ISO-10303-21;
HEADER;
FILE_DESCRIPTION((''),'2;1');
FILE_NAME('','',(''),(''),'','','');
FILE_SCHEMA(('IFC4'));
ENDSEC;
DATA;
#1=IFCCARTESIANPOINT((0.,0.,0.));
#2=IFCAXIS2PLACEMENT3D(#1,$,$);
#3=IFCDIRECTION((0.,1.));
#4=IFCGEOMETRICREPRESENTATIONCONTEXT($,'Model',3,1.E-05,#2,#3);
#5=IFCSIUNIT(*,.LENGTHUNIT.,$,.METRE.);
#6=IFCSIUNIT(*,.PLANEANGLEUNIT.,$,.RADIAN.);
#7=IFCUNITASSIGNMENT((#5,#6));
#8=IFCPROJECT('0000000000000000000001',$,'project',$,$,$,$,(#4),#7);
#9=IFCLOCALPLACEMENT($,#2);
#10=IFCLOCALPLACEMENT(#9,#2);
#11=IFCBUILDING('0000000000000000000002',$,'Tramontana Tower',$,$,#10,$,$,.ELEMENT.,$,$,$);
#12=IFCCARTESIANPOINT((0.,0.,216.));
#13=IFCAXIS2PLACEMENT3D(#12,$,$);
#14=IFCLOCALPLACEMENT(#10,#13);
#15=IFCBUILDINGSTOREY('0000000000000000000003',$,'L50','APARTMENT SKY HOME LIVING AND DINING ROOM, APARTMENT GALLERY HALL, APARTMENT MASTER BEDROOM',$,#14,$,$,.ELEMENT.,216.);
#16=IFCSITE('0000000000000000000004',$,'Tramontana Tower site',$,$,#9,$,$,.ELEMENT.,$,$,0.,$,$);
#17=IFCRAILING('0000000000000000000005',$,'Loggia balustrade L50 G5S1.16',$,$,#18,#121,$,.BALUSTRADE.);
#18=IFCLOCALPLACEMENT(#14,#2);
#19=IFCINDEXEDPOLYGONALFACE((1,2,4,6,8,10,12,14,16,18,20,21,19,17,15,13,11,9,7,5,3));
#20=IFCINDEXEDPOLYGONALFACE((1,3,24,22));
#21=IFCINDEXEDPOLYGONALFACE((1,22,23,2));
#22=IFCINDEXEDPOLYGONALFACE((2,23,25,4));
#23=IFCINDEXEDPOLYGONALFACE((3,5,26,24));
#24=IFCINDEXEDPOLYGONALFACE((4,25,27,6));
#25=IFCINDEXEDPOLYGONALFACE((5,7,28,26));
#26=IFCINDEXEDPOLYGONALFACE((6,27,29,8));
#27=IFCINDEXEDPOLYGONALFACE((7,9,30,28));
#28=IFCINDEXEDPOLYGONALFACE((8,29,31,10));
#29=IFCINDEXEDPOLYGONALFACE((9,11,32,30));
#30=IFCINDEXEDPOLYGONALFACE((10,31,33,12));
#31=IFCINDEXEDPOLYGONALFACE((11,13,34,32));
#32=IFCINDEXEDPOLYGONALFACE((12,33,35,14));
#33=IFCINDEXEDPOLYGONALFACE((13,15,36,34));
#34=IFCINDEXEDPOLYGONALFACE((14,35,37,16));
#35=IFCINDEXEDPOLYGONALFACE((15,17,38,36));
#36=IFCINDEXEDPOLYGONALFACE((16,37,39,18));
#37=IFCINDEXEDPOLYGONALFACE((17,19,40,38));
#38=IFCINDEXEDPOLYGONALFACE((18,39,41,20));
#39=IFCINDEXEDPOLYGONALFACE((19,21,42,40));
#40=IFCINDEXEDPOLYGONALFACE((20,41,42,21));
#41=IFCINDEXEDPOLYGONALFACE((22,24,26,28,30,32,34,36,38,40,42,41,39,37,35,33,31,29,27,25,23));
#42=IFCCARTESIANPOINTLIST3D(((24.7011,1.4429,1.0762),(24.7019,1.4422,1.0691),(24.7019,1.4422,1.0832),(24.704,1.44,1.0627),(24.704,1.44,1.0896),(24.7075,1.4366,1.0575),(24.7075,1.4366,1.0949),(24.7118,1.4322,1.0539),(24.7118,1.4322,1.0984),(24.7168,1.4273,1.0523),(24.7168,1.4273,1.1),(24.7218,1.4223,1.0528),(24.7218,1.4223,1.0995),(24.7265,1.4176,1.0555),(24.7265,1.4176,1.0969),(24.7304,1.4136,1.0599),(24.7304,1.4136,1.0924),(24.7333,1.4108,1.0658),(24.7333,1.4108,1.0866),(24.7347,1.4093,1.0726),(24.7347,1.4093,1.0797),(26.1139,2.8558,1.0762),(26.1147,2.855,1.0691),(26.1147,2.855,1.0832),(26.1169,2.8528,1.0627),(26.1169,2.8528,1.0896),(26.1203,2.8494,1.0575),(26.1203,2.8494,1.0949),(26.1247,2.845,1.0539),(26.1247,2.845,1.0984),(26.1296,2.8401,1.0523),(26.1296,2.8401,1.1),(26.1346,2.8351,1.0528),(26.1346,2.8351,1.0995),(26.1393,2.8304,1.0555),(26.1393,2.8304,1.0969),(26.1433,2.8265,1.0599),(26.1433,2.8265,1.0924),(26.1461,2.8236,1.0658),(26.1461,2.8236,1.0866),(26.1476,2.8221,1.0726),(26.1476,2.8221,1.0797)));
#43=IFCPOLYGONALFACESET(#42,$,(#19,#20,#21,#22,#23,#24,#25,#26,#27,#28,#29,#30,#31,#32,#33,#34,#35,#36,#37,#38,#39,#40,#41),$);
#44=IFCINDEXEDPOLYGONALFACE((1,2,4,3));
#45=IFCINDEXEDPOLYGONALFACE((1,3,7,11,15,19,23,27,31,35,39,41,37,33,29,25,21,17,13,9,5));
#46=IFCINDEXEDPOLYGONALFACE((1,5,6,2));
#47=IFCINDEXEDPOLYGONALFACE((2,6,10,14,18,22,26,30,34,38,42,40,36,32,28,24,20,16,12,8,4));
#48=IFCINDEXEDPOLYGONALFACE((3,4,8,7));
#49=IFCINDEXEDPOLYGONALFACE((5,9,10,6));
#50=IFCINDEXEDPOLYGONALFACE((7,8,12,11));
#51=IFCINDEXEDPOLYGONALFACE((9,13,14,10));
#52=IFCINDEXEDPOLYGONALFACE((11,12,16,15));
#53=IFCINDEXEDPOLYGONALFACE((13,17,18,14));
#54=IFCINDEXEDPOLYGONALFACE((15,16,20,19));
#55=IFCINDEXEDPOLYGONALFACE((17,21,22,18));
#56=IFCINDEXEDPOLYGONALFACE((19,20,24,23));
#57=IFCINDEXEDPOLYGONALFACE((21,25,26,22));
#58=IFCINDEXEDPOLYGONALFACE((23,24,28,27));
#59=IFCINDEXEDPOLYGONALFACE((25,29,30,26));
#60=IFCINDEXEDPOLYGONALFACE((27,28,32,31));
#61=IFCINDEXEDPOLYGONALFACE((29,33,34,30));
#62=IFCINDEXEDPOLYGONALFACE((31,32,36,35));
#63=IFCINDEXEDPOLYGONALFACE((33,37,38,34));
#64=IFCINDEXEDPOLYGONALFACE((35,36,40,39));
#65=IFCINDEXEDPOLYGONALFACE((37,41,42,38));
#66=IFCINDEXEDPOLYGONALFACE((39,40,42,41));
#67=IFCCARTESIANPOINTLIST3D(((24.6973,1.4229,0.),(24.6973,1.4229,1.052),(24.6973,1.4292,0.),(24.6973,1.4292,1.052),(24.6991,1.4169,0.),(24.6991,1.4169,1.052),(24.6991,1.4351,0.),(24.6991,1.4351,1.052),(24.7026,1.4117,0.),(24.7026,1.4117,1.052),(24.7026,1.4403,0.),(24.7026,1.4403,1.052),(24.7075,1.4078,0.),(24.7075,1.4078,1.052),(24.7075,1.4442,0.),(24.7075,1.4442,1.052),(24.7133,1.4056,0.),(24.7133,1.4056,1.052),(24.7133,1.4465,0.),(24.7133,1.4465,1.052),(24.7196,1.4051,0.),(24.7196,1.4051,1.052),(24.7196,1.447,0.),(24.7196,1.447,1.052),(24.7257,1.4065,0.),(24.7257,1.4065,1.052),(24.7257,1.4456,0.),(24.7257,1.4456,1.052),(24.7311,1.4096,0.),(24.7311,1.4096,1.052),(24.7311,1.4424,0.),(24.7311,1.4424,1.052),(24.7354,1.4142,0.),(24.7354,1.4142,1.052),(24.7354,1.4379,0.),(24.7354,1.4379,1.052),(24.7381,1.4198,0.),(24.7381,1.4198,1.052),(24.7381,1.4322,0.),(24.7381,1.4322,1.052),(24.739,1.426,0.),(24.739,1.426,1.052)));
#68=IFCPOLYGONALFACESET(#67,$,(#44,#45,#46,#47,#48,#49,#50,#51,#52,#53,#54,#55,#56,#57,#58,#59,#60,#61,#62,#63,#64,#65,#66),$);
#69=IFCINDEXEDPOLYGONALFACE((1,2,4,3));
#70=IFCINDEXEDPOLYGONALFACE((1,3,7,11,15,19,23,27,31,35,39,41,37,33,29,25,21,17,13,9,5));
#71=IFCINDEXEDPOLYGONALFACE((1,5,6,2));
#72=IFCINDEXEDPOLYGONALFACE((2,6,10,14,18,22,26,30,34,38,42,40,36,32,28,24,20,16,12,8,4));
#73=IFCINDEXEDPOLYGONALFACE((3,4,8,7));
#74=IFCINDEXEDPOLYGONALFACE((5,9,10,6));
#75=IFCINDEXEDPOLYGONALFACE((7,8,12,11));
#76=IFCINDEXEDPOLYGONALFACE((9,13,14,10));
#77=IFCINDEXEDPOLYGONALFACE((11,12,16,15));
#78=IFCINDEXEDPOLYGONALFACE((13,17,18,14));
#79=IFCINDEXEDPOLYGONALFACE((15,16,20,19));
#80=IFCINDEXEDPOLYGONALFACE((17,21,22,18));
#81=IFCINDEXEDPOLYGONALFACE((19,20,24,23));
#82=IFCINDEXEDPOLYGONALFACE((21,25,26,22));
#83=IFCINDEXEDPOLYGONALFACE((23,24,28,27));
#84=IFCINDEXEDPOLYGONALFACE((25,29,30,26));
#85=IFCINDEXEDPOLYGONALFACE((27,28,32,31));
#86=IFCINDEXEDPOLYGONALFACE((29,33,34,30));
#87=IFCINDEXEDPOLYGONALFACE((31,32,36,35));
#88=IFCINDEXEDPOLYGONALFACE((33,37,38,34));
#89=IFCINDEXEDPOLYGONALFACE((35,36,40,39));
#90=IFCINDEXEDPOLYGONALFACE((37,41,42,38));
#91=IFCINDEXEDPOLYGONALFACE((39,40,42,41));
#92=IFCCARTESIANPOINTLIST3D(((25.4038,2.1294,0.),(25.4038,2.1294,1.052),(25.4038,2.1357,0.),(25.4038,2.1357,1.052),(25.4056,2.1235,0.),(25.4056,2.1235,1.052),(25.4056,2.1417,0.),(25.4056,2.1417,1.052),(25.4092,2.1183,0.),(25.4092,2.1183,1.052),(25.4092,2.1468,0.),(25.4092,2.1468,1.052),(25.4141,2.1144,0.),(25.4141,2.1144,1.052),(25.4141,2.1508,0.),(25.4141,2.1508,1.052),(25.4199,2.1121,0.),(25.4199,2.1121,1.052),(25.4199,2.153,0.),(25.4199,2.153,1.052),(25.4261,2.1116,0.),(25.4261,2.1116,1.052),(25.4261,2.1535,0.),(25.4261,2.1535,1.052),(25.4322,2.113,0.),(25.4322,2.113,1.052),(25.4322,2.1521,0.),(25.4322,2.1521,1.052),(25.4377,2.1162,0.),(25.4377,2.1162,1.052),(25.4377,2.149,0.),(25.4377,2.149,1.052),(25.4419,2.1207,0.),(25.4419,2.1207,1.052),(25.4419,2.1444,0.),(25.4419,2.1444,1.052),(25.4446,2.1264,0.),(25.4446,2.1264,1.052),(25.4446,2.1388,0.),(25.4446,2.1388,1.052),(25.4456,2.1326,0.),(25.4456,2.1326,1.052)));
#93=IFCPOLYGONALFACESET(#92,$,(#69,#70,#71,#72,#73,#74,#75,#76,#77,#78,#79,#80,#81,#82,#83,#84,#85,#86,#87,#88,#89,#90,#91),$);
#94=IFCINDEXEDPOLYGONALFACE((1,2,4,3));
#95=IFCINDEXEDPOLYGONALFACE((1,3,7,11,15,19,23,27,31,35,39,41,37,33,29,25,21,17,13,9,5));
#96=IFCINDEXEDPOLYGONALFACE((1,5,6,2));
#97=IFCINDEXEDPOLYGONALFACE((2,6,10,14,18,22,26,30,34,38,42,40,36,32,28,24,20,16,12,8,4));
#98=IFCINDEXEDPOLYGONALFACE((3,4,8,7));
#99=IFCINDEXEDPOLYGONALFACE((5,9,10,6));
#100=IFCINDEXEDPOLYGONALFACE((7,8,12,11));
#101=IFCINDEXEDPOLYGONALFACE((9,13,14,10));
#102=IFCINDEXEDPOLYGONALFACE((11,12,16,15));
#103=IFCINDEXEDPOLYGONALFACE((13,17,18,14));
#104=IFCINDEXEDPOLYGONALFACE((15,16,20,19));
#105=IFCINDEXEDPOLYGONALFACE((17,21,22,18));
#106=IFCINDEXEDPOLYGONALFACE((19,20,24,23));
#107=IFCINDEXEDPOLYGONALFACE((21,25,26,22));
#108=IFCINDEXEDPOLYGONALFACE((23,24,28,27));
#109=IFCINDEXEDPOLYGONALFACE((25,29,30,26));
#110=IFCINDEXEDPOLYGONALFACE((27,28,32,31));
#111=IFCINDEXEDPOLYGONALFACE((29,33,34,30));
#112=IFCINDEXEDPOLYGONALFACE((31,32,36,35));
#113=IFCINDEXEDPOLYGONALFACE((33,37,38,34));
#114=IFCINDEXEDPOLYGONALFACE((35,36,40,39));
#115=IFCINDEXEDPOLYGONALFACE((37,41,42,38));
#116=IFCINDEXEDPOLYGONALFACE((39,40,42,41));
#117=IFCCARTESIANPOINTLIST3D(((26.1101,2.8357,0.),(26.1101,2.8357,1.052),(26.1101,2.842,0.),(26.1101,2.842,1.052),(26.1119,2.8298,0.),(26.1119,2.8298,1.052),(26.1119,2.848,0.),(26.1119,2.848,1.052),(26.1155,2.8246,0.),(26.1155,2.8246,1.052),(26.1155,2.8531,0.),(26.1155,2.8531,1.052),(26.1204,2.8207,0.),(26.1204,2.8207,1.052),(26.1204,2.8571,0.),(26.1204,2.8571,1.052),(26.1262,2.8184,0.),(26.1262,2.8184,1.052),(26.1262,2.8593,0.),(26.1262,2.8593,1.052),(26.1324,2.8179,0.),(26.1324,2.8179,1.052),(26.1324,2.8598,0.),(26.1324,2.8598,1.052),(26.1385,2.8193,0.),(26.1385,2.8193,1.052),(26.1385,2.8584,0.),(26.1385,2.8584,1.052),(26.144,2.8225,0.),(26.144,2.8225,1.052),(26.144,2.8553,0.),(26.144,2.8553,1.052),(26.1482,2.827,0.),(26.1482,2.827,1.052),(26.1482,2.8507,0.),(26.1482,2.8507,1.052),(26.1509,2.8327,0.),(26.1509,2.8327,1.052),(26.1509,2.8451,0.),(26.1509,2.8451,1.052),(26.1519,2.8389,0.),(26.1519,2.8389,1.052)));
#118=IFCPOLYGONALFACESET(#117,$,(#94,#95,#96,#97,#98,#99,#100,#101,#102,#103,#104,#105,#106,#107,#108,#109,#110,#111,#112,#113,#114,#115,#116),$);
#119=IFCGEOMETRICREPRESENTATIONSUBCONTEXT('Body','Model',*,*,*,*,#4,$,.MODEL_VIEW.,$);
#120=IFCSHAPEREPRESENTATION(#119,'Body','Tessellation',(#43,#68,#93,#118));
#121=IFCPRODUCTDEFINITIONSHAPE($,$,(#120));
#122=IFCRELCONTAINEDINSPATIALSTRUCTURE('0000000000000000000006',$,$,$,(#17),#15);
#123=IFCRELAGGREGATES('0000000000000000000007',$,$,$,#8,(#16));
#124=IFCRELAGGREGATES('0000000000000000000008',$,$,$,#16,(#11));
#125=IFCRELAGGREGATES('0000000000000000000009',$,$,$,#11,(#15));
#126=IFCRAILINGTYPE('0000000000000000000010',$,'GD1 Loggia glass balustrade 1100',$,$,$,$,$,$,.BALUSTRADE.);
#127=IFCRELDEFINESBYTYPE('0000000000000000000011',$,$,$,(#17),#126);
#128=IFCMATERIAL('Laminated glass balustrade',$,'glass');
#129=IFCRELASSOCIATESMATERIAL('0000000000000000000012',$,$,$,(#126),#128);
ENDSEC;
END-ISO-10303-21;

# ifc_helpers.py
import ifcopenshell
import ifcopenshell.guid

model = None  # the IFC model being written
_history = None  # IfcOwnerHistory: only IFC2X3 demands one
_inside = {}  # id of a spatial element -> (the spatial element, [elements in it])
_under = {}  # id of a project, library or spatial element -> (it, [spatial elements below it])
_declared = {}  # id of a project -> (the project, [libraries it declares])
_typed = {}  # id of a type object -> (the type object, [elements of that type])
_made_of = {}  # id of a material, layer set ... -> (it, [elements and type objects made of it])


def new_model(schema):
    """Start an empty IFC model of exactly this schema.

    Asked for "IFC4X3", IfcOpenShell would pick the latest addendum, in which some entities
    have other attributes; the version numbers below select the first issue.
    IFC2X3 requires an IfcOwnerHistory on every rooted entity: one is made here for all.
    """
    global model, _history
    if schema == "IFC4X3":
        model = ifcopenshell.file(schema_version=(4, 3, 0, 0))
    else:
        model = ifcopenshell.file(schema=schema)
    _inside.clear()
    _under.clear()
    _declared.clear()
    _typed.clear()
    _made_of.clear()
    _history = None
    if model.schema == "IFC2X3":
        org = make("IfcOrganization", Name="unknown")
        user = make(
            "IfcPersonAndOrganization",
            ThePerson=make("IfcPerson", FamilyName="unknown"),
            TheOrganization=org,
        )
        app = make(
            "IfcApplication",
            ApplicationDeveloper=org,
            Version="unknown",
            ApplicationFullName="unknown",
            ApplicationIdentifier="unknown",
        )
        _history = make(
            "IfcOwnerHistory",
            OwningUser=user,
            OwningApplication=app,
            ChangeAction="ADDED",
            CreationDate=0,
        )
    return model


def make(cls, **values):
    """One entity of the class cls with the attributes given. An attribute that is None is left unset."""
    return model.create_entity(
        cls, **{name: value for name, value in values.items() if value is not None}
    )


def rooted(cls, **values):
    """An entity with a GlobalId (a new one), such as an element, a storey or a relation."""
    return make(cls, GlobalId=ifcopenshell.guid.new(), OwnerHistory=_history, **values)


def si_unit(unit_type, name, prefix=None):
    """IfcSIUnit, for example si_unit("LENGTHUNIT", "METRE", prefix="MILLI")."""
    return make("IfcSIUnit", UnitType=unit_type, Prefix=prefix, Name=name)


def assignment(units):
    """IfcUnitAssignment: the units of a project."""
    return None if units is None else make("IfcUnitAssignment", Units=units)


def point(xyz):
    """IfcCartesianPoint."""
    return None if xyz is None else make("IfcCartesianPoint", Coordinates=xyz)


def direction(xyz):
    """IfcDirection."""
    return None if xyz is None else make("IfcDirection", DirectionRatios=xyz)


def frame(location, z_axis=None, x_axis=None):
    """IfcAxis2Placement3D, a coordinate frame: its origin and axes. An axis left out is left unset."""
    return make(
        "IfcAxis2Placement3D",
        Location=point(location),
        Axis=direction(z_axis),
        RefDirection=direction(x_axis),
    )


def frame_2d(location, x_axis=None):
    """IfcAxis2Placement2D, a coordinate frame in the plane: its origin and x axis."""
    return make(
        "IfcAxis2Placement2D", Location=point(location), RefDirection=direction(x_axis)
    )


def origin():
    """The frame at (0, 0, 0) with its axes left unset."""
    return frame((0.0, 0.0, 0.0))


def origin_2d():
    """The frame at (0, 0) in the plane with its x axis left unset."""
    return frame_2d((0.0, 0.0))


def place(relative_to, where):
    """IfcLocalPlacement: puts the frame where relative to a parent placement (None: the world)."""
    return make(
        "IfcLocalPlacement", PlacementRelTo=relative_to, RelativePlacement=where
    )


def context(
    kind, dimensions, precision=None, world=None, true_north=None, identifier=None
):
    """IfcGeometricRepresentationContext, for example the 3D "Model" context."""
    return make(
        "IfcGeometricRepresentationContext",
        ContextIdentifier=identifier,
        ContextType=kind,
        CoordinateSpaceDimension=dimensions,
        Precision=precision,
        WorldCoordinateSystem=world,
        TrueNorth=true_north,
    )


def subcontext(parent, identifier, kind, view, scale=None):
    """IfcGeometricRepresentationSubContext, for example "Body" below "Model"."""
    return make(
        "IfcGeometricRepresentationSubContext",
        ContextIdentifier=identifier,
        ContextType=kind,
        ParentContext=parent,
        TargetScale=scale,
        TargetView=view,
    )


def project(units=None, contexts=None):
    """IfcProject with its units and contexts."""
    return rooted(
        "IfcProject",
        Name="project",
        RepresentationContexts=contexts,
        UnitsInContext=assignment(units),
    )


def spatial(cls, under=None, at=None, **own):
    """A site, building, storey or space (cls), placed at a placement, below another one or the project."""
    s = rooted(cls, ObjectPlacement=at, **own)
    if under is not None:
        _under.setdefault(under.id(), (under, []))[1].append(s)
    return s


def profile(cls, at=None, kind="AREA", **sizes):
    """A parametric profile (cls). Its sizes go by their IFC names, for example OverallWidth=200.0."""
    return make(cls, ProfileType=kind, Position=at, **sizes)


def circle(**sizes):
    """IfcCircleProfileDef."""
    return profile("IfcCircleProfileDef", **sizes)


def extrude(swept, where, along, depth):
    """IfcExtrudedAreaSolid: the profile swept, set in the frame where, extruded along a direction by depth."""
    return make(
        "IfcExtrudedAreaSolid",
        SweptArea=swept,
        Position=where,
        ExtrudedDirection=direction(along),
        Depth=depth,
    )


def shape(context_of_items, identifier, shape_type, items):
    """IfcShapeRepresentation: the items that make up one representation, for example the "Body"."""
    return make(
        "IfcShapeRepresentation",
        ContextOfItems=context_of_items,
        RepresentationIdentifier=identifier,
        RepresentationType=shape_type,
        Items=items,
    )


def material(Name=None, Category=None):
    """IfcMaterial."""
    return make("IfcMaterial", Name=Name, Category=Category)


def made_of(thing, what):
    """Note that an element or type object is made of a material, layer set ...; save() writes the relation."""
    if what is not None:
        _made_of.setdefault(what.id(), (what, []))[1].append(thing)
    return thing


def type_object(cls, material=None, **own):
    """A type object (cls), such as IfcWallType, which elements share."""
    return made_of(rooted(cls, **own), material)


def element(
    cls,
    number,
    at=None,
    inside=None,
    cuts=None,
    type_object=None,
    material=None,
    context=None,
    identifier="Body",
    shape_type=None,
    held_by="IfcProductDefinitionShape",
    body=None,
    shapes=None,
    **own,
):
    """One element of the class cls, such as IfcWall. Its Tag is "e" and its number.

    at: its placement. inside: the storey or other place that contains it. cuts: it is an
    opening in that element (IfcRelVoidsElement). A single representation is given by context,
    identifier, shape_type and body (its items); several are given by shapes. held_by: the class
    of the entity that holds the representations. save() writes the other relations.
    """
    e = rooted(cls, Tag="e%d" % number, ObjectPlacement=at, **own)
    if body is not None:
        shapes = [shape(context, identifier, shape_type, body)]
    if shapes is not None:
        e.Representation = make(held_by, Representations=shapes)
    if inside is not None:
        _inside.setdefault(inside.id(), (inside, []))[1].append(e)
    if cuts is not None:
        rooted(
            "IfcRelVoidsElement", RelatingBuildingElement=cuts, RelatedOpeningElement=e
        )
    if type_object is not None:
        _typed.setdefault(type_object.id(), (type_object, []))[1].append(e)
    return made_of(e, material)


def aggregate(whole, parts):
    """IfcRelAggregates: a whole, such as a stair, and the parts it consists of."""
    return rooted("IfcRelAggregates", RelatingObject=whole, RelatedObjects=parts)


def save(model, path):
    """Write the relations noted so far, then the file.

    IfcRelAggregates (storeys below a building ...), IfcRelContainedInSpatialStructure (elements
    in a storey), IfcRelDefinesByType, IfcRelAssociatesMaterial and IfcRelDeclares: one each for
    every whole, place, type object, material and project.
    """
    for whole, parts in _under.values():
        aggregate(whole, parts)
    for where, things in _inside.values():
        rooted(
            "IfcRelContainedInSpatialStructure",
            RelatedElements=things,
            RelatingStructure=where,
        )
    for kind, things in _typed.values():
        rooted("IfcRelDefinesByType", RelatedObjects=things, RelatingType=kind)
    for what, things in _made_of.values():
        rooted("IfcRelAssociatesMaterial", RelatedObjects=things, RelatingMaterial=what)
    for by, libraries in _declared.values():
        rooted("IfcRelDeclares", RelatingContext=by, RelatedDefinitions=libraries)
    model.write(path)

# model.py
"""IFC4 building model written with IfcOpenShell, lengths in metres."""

from ifc_helpers import new_model, si_unit, direction, frame, origin, origin_2d, place, context, subcontext, project, spatial, circle, extrude, material, type_object, element, save


model = new_model("IFC4")

# Units and contexts
model_context = context("Model", 3, precision=1e-05, world=origin(), true_north=direction((0.0, 1.0)))
body_context = subcontext(model_context, "Body", "Model", "MODEL_VIEW")
ifc_project = project(units=[si_unit("LENGTHUNIT", "METRE"), si_unit("PLANEANGLEUNIT", "RADIAN")], contexts=[model_context])

# Site, building, storey
site_placement = place(None, origin())
site = spatial("IfcSite", under=ifc_project, at=site_placement, Name="Tramontana Tower site", CompositionType="ELEMENT", RefElevation=0.0)
building_placement = place(site_placement, origin())
building = spatial("IfcBuilding", under=site, at=building_placement, Name="Tramontana Tower", CompositionType="ELEMENT")
storey_placement = place(building_placement, frame((0.0, 0.0, 216.0)))
storey = spatial("IfcBuildingStorey", under=building, at=storey_placement, Name="L50", Description="APARTMENT SKY HOME LIVING AND DINING ROOM, APARTMENT GALLERY HALL, APARTMENT MASTER BEDROOM", CompositionType="ELEMENT", Elevation=216.0)

# Railing
ifc_material_1 = material(Name="Laminated glass balustrade", Category="glass")
railing_type = type_object("IfcRailingType", Name="GD1 Loggia glass balustrade 1100", PredefinedType="BALUSTRADE", material=ifc_material_1)
railing_1_placement = place(storey_placement, frame((24.718, 1.426, 0.0)))
element("IfcRailing", 1, at=railing_1_placement, inside=storey, type_object=railing_type, Name="Loggia balustrade L50 G5S1.16", PredefinedType="BALUSTRADE", context=body_context, shape_type="SweptSolid", body=[
    extrude(circle(Radius=0.0239, at=origin_2d()), frame((0.0, 0.0, 1.0762), z_axis=(0.707107, 0.707107, 0.0), x_axis=(-0.707107, 0.707107, 0.0)), (0.0, 0.0, 1.0), 1.998),
    extrude(circle(Radius=0.021, at=origin_2d()), origin(), (0.0, 0.0, 1.0), 1.052),
    extrude(circle(Radius=0.021, at=origin_2d()), frame((0.7065, 0.7065, 0.0)), (0.0, 0.0, 1.0), 1.052),
    extrude(circle(Radius=0.021, at=origin_2d()), frame((1.4128, 1.4128, 0.0)), (0.0, 0.0, 1.0), 1.052),
])

save(model, "model.ifc")
